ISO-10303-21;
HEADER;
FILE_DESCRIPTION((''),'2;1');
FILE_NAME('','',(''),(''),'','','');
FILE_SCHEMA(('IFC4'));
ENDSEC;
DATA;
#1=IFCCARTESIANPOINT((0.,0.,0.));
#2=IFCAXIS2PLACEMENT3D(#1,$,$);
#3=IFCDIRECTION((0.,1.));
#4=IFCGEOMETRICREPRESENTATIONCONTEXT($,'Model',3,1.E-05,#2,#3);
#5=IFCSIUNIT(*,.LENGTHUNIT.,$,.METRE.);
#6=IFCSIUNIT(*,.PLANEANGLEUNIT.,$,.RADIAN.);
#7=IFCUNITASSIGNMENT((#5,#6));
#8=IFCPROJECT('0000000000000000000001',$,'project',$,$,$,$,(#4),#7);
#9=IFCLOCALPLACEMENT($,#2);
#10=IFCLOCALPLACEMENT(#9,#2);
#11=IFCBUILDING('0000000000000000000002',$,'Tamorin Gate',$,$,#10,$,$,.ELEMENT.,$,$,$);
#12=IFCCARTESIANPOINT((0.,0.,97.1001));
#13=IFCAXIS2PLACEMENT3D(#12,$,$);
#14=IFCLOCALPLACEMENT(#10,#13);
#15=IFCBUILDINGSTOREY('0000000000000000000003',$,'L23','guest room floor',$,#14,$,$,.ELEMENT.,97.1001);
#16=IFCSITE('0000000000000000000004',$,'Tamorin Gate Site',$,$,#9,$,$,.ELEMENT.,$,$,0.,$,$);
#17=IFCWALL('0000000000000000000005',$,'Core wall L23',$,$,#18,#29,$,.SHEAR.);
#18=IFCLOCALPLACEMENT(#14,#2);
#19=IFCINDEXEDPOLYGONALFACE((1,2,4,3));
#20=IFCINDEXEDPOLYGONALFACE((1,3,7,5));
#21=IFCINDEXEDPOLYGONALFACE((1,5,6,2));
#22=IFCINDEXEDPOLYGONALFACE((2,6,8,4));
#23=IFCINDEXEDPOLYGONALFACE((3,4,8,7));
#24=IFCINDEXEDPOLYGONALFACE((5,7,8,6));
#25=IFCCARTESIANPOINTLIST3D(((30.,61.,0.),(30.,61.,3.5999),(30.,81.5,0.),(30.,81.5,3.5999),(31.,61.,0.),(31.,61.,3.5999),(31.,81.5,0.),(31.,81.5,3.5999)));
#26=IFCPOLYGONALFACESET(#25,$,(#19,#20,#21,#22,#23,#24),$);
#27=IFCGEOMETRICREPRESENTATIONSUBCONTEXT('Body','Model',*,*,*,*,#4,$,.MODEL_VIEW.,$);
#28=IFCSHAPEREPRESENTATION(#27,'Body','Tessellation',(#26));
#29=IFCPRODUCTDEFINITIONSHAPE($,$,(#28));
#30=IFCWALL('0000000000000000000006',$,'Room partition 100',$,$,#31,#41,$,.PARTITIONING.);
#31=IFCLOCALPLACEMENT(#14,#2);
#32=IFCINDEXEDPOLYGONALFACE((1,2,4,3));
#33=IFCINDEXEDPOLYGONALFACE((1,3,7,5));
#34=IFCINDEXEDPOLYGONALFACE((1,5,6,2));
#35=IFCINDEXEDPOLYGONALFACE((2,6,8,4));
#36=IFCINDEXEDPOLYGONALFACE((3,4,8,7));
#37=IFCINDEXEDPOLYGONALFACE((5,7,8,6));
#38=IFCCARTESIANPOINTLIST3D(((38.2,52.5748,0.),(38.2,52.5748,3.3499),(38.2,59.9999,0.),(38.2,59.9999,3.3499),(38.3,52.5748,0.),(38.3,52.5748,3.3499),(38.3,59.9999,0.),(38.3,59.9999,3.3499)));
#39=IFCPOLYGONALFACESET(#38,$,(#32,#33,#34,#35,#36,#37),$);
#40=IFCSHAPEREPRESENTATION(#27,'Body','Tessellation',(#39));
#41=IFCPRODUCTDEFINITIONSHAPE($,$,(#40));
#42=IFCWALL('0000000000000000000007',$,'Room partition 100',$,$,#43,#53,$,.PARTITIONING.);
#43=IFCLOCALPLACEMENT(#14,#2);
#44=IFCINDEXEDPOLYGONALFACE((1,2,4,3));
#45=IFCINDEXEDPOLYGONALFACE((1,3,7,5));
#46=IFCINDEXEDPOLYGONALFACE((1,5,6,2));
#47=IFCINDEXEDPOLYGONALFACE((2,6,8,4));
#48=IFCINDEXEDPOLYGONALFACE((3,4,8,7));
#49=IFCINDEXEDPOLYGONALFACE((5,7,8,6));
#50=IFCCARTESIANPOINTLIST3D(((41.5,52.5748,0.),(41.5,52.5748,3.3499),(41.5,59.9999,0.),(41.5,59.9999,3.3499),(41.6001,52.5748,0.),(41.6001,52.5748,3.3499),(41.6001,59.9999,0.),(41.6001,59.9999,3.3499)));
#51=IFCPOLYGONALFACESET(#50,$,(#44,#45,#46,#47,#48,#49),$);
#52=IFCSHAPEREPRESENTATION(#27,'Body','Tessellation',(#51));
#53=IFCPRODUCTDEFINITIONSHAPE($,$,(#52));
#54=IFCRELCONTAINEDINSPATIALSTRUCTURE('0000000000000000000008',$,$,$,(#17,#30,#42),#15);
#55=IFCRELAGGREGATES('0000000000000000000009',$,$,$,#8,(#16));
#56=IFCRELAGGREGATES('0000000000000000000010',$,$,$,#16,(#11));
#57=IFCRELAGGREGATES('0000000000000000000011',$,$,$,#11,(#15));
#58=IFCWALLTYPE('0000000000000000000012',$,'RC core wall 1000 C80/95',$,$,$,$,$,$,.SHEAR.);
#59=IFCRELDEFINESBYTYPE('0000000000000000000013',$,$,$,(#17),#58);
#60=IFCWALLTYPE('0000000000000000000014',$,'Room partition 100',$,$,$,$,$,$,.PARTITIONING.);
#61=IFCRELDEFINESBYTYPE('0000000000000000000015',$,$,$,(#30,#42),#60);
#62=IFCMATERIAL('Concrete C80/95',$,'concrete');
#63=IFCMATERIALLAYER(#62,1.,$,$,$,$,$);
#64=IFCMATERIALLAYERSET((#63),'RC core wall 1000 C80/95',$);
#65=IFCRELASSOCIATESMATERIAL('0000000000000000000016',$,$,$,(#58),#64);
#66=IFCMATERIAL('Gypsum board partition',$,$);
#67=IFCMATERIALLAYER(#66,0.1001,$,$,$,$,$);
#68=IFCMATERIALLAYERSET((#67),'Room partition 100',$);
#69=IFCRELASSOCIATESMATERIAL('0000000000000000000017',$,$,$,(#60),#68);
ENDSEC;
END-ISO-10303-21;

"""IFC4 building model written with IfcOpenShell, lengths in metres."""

from ifc_helpers import new_model, si_unit, direction, frame, frame_2d, origin, place, context, subcontext, project, spatial, rectangle, extrude, material, layer, layer_set, type_object, element, save


model = new_model("IFC4")

# Units and contexts
model_context = context("Model", 3, precision=1e-05, world=origin(), true_north=direction((0.0, 1.0)))
body_context = subcontext(model_context, "Body", "Model", "MODEL_VIEW")
ifc_project = project(units=[si_unit("LENGTHUNIT", "METRE"), si_unit("PLANEANGLEUNIT", "RADIAN")], contexts=[model_context])

# Site, building, storey
site_placement = place(None, origin())
site = spatial("IfcSite", under=ifc_project, at=site_placement, Name="Tamorin Gate Site", CompositionType="ELEMENT", RefElevation=0.0)
building_placement = place(site_placement, origin())
building = spatial("IfcBuilding", under=site, at=building_placement, Name="Tamorin Gate", CompositionType="ELEMENT")
storey_placement = place(building_placement, frame((0.0, 0.0, 97.1001)))
storey = spatial("IfcBuildingStorey", under=building, at=storey_placement, Name="L23", Description="guest room floor", CompositionType="ELEMENT", Elevation=97.1001)

# Shared definitions
ifc_material_1 = material(Name="Concrete C80/95", Category="concrete")

# Shared definitions
ifc_material_2 = material(Name="Gypsum board partition")

# Shared definitions
ifc_layer_1 = layer(ifc_material_1, 1.0)
ifc_layer_set_1 = layer_set([ifc_layer_1], Name="RC core wall 1000 C80/95")
wall_type_1 = type_object("IfcWallType", Name="RC core wall 1000 C80/95", PredefinedType="SHEAR", material=ifc_layer_set_1)

# Walls
wall_1_placement = place(storey_placement, frame((30.5, 61.0, 0.0), z_axis=(0.0, 0.0, 1.0), x_axis=(0.0, 1.0, 0.0)))
element("IfcWall", 1, at=wall_1_placement, inside=storey, type_object=wall_type_1, Name="Core wall L23", PredefinedType="SHEAR", context=body_context, shape_type="SweptSolid", body=[
    extrude(rectangle(XDim=20.5, YDim=1.0, at=frame_2d((10.25, 0.0))), origin(), (0.0, 0.0, 1.0), 3.5999),
])
ifc_layer_2 = layer(ifc_material_2, 0.1001)
ifc_layer_set_2 = layer_set([ifc_layer_2], Name="Room partition 100")
wall_type_2 = type_object("IfcWallType", Name="Room partition 100", PredefinedType="PARTITIONING", material=ifc_layer_set_2)
for number, where, z_axis, x_axis, name in (
    (2, (38.25, 52.575, 0.0), (0.0, 0.0, 1.0), (0.0, 1.0, 0.0), "Room partition 100"),
    (3, (41.55, 52.575, 0.0), (0.0, 0.0, 1.0), (0.0, 1.0, 0.0), "Room partition 100"),
):
    element("IfcWall", number, at=place(storey_placement, frame(where, z_axis=z_axis, x_axis=x_axis)), inside=storey, type_object=wall_type_2, Name=name, PredefinedType="PARTITIONING", context=body_context, shape_type="SweptSolid", body=[
        extrude(rectangle(XDim=7.425, YDim=0.1001, at=frame_2d((3.7124, 0.0))), origin(), (0.0, 0.0, 1.0), 3.3499),
    ])

save(model, "model.ifc")
